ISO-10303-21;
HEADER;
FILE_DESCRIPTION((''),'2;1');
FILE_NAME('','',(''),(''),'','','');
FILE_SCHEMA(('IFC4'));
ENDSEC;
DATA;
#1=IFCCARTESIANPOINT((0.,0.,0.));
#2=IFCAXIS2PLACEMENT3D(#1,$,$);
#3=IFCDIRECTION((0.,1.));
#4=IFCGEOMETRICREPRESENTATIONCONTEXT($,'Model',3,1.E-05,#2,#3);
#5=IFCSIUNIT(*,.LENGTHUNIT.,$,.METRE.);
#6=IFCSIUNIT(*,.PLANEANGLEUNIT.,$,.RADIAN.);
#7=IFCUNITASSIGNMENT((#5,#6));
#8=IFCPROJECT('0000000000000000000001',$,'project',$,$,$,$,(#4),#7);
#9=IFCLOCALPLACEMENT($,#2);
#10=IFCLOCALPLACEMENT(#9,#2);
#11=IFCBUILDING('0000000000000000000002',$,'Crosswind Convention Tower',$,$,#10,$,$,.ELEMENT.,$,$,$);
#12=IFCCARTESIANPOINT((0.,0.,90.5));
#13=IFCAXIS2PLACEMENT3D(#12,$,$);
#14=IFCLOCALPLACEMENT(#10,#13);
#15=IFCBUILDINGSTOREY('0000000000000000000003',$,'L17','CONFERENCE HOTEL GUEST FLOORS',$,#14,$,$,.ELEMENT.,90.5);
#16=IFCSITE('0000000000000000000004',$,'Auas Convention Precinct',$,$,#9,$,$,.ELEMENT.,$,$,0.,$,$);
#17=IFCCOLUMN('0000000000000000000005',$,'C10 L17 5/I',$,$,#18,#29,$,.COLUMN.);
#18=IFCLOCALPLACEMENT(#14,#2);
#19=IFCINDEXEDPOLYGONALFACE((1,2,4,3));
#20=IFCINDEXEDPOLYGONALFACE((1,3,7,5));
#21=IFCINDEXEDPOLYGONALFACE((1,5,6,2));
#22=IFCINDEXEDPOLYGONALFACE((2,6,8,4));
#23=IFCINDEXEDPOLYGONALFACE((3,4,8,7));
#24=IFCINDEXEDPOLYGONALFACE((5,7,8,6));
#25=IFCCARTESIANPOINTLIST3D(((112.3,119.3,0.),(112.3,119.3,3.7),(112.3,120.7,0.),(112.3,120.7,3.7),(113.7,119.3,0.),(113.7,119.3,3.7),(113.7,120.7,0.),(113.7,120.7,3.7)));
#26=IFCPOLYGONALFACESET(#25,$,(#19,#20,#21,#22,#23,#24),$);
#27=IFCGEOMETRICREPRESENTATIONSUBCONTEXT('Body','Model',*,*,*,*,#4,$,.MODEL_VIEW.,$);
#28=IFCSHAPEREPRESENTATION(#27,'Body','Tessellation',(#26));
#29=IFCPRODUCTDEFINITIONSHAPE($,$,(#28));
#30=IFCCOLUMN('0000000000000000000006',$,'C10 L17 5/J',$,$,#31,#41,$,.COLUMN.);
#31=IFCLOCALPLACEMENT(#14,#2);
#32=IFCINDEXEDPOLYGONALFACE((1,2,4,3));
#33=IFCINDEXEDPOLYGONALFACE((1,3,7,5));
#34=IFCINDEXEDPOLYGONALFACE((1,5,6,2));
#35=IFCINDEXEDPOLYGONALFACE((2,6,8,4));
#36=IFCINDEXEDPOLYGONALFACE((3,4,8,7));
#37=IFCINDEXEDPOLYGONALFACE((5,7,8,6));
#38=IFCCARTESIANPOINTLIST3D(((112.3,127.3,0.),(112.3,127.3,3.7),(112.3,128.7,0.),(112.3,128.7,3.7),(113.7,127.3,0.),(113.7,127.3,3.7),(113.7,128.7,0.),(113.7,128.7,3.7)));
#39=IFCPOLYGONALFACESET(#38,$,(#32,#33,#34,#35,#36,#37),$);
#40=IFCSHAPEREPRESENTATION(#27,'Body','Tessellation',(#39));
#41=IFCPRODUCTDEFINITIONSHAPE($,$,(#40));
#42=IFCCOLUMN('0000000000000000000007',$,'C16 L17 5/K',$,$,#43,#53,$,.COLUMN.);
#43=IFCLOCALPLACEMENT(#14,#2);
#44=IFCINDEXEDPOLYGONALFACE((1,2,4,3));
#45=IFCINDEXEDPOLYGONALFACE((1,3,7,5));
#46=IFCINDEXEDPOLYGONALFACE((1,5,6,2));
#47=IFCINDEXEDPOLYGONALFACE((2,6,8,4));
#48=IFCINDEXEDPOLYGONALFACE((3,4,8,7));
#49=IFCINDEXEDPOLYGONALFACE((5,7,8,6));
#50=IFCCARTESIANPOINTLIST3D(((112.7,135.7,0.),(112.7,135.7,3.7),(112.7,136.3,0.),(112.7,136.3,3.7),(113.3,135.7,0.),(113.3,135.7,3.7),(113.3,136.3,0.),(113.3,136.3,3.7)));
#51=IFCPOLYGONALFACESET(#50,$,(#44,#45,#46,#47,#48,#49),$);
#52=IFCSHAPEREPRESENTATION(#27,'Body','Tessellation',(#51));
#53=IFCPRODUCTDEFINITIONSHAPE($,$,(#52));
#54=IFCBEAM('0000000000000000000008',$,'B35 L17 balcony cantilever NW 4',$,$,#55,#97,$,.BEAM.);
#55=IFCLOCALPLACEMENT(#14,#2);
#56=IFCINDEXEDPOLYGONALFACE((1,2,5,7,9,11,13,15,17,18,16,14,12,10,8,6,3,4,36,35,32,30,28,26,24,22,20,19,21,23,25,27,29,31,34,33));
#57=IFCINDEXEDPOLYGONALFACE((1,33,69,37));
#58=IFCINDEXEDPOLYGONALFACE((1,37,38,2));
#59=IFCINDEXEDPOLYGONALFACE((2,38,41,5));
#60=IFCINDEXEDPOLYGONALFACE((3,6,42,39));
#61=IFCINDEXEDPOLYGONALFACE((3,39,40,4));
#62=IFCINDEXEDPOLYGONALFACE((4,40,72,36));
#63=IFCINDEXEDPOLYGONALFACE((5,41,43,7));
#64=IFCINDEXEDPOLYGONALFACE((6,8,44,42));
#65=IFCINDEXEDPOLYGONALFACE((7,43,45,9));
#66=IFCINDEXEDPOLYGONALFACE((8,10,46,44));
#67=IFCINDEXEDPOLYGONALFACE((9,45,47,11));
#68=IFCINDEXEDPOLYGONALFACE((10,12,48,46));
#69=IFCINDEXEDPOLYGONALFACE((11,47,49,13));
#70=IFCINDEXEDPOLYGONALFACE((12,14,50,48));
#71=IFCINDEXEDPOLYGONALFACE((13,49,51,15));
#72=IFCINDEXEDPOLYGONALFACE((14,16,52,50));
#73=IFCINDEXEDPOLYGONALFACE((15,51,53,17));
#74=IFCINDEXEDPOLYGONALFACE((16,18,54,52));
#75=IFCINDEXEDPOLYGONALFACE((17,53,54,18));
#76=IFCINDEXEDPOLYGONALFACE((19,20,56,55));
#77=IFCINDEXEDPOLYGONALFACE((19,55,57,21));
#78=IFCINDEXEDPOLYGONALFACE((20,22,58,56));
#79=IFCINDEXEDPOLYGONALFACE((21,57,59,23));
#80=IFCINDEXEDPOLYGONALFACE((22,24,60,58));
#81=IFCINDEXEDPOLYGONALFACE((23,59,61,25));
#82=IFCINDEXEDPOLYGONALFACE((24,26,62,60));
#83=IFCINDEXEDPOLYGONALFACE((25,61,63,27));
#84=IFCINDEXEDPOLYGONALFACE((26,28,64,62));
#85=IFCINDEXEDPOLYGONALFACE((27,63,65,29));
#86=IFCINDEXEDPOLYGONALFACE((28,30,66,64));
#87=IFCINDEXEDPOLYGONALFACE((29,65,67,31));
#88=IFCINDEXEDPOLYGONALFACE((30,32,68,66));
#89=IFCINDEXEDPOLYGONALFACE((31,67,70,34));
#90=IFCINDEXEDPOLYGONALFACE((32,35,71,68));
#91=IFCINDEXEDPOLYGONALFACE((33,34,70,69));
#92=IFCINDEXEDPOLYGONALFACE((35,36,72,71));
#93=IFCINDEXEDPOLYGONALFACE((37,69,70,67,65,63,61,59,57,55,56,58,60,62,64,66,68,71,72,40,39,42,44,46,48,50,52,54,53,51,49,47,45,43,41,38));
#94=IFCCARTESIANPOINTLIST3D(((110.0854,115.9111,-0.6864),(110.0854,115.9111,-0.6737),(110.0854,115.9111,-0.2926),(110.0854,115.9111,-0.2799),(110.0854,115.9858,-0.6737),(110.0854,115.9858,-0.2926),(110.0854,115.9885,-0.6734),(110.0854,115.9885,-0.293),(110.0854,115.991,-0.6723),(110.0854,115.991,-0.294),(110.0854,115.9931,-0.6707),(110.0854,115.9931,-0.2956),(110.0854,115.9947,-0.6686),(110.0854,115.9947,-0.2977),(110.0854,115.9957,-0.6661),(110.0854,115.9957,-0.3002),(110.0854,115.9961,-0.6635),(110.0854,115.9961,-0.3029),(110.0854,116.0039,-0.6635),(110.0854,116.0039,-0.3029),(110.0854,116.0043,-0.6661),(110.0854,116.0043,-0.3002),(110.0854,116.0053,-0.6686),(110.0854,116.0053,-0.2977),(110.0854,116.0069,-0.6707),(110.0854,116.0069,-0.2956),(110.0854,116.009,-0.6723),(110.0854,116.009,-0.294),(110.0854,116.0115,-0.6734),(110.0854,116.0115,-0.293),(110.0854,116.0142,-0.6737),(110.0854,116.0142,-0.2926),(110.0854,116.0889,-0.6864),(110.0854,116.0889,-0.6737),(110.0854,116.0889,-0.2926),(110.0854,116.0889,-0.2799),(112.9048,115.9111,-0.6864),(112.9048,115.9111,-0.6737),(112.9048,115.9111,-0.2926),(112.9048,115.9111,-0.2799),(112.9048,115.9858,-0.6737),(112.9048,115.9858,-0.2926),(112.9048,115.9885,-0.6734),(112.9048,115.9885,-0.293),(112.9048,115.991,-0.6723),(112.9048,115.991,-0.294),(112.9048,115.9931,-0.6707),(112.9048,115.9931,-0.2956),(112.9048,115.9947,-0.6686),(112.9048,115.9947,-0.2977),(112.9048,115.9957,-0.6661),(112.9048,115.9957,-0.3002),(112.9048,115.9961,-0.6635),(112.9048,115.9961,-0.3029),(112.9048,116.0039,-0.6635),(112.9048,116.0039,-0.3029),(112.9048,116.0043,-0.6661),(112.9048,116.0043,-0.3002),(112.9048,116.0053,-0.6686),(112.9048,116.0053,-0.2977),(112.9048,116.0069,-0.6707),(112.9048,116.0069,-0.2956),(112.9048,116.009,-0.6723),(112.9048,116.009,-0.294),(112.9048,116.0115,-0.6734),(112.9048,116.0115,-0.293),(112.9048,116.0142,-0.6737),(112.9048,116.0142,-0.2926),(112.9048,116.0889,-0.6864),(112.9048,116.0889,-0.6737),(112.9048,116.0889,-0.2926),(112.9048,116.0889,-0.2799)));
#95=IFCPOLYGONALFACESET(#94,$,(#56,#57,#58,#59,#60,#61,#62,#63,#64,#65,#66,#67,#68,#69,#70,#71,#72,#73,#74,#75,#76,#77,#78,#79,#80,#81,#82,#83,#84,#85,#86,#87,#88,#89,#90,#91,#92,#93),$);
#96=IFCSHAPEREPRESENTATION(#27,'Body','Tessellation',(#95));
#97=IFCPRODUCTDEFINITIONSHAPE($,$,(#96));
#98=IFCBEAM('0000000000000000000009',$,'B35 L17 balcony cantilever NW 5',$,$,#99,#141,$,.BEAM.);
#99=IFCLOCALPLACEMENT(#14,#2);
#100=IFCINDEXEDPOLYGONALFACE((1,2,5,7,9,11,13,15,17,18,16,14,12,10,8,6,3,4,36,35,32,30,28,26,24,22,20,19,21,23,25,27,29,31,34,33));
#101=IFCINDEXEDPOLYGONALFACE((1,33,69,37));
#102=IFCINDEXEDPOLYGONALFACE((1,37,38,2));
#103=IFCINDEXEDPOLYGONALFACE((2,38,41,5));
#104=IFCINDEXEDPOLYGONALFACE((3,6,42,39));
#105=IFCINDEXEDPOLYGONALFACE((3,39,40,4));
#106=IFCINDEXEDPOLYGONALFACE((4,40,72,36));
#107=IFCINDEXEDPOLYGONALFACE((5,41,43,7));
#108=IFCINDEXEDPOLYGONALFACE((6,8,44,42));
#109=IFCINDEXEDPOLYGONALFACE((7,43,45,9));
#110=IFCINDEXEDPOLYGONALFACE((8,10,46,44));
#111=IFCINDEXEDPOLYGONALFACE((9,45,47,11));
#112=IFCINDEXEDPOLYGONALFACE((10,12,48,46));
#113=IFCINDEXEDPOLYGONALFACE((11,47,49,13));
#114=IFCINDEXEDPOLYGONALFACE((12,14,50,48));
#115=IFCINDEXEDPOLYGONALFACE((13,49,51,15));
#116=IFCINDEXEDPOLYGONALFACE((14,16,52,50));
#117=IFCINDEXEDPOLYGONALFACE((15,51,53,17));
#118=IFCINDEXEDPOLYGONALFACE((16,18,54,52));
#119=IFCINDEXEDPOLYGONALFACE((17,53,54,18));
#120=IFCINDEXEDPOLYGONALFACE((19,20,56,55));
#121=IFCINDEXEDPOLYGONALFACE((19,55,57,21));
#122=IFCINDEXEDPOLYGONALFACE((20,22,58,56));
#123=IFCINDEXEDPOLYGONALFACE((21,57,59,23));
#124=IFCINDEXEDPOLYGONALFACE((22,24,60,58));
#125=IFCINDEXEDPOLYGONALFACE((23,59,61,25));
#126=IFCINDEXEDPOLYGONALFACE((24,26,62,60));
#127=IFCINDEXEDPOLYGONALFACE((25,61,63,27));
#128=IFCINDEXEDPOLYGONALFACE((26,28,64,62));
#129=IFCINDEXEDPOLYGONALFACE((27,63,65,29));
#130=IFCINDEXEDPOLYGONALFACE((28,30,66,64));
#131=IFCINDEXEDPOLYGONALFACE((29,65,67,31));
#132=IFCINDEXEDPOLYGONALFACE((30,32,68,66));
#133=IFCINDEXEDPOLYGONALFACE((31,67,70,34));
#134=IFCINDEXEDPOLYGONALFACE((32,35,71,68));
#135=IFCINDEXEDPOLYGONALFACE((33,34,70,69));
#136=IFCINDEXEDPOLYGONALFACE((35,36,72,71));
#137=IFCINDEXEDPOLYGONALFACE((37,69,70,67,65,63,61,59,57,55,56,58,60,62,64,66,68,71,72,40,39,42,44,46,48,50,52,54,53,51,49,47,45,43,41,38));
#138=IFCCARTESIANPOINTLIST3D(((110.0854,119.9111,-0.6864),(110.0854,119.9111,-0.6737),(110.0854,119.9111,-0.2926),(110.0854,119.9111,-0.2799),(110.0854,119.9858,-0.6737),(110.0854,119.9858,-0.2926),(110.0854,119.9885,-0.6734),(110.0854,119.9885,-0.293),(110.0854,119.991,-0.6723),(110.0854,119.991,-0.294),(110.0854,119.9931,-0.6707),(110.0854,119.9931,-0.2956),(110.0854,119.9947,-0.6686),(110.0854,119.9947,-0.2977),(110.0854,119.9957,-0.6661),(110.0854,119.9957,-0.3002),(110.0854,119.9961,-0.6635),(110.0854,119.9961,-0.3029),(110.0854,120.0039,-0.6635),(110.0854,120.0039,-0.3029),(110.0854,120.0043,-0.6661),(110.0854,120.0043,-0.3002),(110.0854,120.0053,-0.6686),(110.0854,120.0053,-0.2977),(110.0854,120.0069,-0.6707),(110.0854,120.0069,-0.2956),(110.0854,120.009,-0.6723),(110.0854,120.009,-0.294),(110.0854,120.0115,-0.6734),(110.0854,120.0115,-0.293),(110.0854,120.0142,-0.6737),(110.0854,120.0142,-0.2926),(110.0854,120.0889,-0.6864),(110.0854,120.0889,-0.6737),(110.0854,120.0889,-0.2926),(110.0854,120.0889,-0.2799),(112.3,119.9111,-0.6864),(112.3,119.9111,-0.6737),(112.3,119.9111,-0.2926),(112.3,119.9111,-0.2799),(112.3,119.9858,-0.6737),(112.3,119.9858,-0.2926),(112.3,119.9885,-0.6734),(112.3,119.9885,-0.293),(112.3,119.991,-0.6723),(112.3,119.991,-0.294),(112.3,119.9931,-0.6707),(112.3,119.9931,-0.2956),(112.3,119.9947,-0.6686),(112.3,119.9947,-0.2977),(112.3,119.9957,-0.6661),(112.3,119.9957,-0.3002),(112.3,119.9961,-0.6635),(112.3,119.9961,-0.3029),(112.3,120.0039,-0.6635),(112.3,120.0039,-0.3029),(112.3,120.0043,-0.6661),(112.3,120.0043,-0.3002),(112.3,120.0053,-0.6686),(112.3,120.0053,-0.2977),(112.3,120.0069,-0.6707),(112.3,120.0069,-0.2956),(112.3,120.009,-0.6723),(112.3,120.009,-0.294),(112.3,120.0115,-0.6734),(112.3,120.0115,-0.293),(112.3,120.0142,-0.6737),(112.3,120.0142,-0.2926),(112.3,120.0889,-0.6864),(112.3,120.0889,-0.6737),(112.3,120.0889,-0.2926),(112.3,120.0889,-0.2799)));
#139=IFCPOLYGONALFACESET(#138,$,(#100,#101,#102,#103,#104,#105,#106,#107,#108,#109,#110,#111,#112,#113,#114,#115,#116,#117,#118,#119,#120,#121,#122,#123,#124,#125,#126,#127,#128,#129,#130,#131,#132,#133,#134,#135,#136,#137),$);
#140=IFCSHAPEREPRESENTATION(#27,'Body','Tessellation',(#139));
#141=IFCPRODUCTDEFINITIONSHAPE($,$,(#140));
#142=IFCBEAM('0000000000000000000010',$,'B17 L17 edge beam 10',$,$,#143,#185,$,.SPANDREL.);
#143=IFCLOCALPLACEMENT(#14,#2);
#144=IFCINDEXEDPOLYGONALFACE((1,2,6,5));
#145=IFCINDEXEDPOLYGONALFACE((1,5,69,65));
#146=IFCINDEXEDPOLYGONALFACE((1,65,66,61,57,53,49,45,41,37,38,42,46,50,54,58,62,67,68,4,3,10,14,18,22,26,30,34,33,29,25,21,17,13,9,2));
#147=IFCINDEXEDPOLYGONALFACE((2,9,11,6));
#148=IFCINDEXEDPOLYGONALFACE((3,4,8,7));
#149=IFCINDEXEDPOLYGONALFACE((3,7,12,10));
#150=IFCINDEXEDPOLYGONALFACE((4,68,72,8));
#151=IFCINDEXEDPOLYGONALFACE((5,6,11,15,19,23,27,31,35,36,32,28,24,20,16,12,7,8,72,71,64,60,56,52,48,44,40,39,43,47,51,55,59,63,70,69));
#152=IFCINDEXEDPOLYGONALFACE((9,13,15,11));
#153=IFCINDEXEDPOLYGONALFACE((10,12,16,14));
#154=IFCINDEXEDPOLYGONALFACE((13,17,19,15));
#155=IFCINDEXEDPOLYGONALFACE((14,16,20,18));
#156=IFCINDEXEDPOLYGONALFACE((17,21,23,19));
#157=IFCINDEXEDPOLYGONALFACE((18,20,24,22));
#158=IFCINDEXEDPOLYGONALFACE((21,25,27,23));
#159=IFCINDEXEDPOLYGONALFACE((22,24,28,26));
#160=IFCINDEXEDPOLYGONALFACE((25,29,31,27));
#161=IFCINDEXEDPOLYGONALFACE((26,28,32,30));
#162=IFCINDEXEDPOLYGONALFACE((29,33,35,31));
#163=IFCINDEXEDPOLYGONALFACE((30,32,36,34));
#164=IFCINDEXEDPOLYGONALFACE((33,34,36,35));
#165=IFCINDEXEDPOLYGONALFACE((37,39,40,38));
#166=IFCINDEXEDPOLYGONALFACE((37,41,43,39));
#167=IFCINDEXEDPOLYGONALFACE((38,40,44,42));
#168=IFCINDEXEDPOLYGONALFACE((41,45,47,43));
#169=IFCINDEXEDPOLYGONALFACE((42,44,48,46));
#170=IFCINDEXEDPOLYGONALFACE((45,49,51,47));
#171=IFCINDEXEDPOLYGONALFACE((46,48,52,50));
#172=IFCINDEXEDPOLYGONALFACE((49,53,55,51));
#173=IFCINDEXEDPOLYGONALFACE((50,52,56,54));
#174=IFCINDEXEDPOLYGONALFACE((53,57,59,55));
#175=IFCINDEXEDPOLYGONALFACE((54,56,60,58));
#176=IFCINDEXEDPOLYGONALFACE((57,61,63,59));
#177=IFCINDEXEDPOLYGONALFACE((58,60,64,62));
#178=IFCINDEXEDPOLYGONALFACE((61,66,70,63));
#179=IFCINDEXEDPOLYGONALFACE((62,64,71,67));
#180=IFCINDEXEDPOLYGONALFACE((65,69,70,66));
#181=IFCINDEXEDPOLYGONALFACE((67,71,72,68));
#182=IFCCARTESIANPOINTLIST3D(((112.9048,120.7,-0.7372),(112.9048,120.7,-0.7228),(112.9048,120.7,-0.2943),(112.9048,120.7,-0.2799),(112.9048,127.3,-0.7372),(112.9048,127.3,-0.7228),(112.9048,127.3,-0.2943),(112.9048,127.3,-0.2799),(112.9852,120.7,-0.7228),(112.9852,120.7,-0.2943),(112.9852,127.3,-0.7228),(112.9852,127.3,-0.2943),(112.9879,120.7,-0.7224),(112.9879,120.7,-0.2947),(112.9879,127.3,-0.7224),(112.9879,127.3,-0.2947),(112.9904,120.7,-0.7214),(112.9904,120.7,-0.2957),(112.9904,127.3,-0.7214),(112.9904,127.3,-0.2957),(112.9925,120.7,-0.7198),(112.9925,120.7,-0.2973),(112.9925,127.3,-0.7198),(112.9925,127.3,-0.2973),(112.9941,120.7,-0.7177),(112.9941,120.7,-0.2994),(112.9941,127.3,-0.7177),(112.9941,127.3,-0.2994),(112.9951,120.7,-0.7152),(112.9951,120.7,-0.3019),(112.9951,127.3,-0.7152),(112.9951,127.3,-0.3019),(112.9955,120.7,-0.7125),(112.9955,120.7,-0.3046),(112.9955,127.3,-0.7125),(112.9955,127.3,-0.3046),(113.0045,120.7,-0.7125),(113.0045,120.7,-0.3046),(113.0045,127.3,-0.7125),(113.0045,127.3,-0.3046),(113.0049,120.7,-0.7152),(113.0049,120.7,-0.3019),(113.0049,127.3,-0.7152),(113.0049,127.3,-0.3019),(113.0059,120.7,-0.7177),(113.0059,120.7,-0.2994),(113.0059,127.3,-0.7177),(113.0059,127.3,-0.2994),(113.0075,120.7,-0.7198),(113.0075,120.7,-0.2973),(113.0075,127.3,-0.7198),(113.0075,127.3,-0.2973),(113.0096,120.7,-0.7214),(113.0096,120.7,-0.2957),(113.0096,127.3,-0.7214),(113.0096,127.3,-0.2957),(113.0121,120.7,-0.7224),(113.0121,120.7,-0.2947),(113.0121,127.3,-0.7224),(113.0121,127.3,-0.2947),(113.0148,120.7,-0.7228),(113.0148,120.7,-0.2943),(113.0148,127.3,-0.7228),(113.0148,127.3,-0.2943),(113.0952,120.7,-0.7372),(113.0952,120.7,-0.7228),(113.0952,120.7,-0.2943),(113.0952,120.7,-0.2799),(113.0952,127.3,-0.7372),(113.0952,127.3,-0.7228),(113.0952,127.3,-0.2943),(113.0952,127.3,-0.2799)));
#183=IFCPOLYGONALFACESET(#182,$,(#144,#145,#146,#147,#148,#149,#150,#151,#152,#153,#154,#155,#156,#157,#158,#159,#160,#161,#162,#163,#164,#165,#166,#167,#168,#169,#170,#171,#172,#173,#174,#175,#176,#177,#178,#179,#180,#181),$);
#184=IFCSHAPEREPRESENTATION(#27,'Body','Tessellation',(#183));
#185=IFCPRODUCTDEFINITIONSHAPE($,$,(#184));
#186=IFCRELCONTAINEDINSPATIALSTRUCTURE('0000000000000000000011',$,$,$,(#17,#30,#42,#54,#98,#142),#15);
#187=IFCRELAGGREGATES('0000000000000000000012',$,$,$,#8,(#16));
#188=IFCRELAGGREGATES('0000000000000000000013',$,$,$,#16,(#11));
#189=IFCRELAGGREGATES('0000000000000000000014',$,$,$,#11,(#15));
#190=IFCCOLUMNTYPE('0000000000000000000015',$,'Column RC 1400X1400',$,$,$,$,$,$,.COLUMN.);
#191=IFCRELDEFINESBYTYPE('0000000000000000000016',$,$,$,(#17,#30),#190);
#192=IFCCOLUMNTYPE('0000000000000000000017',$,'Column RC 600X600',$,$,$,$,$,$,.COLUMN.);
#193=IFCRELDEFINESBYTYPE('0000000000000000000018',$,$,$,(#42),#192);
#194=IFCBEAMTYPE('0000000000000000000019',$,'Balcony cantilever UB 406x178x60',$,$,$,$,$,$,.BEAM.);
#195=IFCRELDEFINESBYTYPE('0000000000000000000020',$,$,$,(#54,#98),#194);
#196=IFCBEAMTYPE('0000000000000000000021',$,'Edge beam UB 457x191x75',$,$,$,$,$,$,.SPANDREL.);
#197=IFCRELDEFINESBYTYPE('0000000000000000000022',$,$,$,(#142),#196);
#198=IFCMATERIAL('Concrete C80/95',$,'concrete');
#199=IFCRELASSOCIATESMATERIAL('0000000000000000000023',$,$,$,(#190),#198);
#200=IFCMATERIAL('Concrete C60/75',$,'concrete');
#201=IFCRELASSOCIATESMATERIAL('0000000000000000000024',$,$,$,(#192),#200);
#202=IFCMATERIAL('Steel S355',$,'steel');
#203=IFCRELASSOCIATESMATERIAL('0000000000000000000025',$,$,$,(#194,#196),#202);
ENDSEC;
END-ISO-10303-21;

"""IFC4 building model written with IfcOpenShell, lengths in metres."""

from ifc_helpers import new_model, si_unit, direction, frame, origin, origin_2d, place, context, subcontext, project, spatial, rectangle, i_section, extrude, material, material_profile, profile_set, type_object, element, save


model = new_model("IFC4")

# Units and contexts
model_context = context("Model", 3, precision=1e-05, world=origin(), true_north=direction((0.0, 1.0)))
body_context = subcontext(model_context, "Body", "Model", "MODEL_VIEW")
ifc_project = project(units=[si_unit("LENGTHUNIT", "METRE"), si_unit("PLANEANGLEUNIT", "RADIAN")], contexts=[model_context])

# Site, building, storey
site_placement = place(None, origin())
site = spatial("IfcSite", under=ifc_project, at=site_placement, Name="Auas Convention Precinct", CompositionType="ELEMENT", RefElevation=0.0)
building_placement = place(site_placement, origin())
building = spatial("IfcBuilding", under=site, at=building_placement, Name="Crosswind Convention Tower", CompositionType="ELEMENT")
storey_placement = place(building_placement, frame((0.0, 0.0, 90.5)))
storey = spatial("IfcBuildingStorey", under=building, at=storey_placement, Name="L17", Description="CONFERENCE HOTEL GUEST FLOORS", CompositionType="ELEMENT", Elevation=90.5)

# Columns
ifc_material_1 = material(Name="Concrete C80/95", Category="concrete")
ifc_material_profile_1 = material_profile(ifc_material_1, rectangle(XDim=1.3999, YDim=1.3999, at=origin_2d()), Name="RC 1400X1400")
ifc_profile_set_1 = profile_set([ifc_material_profile_1], Name="Concrete C80/95")
column_type_1 = type_object("IfcColumnType", Name="Column RC 1400X1400", PredefinedType="COLUMN", material=ifc_profile_set_1)
for number, where, z_axis, x_axis, name in (
    (1, (113.0, 120.0, 0.0), (0.0, 0.0, 1.0), (1.0, 0.0, 0.0), "C10 L17 5/I"),
    (2, (113.0, 128.0, 0.0), (0.0, 0.0, 1.0), (1.0, 0.0, 0.0), "C10 L17 5/J"),
):
    element("IfcColumn", number, at=place(storey_placement, frame(where, z_axis=z_axis, x_axis=x_axis)), inside=storey, type_object=column_type_1, Name=name, PredefinedType="COLUMN", context=body_context, shape_type="SweptSolid", body=[
        extrude(rectangle(XDim=1.3999, YDim=1.3999, at=origin_2d()), origin(), (0.0, 0.0, 1.0), 3.7),
    ])
ifc_material_2 = material(Name="Concrete C60/75", Category="concrete")
ifc_material_profile_2 = material_profile(ifc_material_2, rectangle(XDim=0.6001, YDim=0.6001, at=origin_2d()), Name="RC 600X600")
ifc_profile_set_2 = profile_set([ifc_material_profile_2], Name="Concrete C60/75")
column_type_2 = type_object("IfcColumnType", Name="Column RC 600X600", PredefinedType="COLUMN", material=ifc_profile_set_2)
column_placement = place(storey_placement, frame((113.0, 136.0, 0.0), z_axis=(0.0, 0.0, 1.0), x_axis=(1.0, 0.0, 0.0)))
element("IfcColumn", 3, at=column_placement, inside=storey, type_object=column_type_2, Name="C16 L17 5/K", PredefinedType="COLUMN", context=body_context, shape_type="SweptSolid", body=[
    extrude(rectangle(XDim=0.6001, YDim=0.6001, at=origin_2d()), origin(), (0.0, 0.0, 1.0), 3.7),
])

# Beams
ifc_material_3 = material(Name="Steel S355", Category="steel")
ifc_material_profile_3 = material_profile(ifc_material_3, i_section(OverallWidth=0.1777, OverallDepth=0.4065, WebThickness=0.0078, FlangeThickness=0.0127, FilletRadius=0.0103, at=origin_2d()), Name="UB 406x178x60")
ifc_profile_set_3 = profile_set([ifc_material_profile_3], Name="Steel S355")
beam_type_1 = type_object("IfcBeamType", Name="Balcony cantilever UB 406x178x60", PredefinedType="BEAM", material=ifc_profile_set_3)
beam_1_placement = place(storey_placement, frame((112.9048, 116.0, -0.4832), z_axis=(-1.0, 0.0, 0.0), x_axis=(0.0, -1.0, 0.0)))
element("IfcBeam", 4, at=beam_1_placement, inside=storey, type_object=beam_type_1, Name="B35 L17 balcony cantilever NW 4", PredefinedType="BEAM", context=body_context, shape_type="SweptSolid", body=[
    extrude(i_section(OverallWidth=0.1777, OverallDepth=0.4065, WebThickness=0.0078, FlangeThickness=0.0127, FilletRadius=0.0103, at=origin_2d()), origin(), (0.0, 0.0, 1.0), 2.8193),
])
beam_2_placement = place(storey_placement, frame((112.3, 120.0, -0.4832), z_axis=(-1.0, 0.0, 0.0), x_axis=(0.0, -1.0, 0.0)))
element("IfcBeam", 5, at=beam_2_placement, inside=storey, type_object=beam_type_1, Name="B35 L17 balcony cantilever NW 5", PredefinedType="BEAM", context=body_context, shape_type="SweptSolid", body=[
    extrude(i_section(OverallWidth=0.1777, OverallDepth=0.4065, WebThickness=0.0078, FlangeThickness=0.0127, FilletRadius=0.0103, at=origin_2d()), origin(), (0.0, 0.0, 1.0), 2.2146),
])
ifc_material_profile_4 = material_profile(ifc_material_3, i_section(OverallWidth=0.1904, OverallDepth=0.4573, WebThickness=0.009, FlangeThickness=0.0144, FilletRadius=0.0103, at=origin_2d()), Name="UB 457x191x75")
ifc_profile_set_4 = profile_set([ifc_material_profile_4], Name="Steel S355")
beam_type_2 = type_object("IfcBeamType", Name="Edge beam UB 457x191x75", PredefinedType="SPANDREL", material=ifc_profile_set_4)
beam_3_placement = place(storey_placement, frame((113.0, 120.7, -0.5085), z_axis=(0.0, 1.0, 0.0), x_axis=(-1.0, 0.0, 0.0)))
element("IfcBeam", 6, at=beam_3_placement, inside=storey, type_object=beam_type_2, Name="B17 L17 edge beam 10", PredefinedType="SPANDREL", context=body_context, shape_type="SweptSolid", body=[
    extrude(i_section(OverallWidth=0.1904, OverallDepth=0.4573, WebThickness=0.009, FlangeThickness=0.0144, FilletRadius=0.0103, at=origin_2d()), origin(), (0.0, 0.0, 1.0), 6.6001),
])

save(model, "model.ifc")
